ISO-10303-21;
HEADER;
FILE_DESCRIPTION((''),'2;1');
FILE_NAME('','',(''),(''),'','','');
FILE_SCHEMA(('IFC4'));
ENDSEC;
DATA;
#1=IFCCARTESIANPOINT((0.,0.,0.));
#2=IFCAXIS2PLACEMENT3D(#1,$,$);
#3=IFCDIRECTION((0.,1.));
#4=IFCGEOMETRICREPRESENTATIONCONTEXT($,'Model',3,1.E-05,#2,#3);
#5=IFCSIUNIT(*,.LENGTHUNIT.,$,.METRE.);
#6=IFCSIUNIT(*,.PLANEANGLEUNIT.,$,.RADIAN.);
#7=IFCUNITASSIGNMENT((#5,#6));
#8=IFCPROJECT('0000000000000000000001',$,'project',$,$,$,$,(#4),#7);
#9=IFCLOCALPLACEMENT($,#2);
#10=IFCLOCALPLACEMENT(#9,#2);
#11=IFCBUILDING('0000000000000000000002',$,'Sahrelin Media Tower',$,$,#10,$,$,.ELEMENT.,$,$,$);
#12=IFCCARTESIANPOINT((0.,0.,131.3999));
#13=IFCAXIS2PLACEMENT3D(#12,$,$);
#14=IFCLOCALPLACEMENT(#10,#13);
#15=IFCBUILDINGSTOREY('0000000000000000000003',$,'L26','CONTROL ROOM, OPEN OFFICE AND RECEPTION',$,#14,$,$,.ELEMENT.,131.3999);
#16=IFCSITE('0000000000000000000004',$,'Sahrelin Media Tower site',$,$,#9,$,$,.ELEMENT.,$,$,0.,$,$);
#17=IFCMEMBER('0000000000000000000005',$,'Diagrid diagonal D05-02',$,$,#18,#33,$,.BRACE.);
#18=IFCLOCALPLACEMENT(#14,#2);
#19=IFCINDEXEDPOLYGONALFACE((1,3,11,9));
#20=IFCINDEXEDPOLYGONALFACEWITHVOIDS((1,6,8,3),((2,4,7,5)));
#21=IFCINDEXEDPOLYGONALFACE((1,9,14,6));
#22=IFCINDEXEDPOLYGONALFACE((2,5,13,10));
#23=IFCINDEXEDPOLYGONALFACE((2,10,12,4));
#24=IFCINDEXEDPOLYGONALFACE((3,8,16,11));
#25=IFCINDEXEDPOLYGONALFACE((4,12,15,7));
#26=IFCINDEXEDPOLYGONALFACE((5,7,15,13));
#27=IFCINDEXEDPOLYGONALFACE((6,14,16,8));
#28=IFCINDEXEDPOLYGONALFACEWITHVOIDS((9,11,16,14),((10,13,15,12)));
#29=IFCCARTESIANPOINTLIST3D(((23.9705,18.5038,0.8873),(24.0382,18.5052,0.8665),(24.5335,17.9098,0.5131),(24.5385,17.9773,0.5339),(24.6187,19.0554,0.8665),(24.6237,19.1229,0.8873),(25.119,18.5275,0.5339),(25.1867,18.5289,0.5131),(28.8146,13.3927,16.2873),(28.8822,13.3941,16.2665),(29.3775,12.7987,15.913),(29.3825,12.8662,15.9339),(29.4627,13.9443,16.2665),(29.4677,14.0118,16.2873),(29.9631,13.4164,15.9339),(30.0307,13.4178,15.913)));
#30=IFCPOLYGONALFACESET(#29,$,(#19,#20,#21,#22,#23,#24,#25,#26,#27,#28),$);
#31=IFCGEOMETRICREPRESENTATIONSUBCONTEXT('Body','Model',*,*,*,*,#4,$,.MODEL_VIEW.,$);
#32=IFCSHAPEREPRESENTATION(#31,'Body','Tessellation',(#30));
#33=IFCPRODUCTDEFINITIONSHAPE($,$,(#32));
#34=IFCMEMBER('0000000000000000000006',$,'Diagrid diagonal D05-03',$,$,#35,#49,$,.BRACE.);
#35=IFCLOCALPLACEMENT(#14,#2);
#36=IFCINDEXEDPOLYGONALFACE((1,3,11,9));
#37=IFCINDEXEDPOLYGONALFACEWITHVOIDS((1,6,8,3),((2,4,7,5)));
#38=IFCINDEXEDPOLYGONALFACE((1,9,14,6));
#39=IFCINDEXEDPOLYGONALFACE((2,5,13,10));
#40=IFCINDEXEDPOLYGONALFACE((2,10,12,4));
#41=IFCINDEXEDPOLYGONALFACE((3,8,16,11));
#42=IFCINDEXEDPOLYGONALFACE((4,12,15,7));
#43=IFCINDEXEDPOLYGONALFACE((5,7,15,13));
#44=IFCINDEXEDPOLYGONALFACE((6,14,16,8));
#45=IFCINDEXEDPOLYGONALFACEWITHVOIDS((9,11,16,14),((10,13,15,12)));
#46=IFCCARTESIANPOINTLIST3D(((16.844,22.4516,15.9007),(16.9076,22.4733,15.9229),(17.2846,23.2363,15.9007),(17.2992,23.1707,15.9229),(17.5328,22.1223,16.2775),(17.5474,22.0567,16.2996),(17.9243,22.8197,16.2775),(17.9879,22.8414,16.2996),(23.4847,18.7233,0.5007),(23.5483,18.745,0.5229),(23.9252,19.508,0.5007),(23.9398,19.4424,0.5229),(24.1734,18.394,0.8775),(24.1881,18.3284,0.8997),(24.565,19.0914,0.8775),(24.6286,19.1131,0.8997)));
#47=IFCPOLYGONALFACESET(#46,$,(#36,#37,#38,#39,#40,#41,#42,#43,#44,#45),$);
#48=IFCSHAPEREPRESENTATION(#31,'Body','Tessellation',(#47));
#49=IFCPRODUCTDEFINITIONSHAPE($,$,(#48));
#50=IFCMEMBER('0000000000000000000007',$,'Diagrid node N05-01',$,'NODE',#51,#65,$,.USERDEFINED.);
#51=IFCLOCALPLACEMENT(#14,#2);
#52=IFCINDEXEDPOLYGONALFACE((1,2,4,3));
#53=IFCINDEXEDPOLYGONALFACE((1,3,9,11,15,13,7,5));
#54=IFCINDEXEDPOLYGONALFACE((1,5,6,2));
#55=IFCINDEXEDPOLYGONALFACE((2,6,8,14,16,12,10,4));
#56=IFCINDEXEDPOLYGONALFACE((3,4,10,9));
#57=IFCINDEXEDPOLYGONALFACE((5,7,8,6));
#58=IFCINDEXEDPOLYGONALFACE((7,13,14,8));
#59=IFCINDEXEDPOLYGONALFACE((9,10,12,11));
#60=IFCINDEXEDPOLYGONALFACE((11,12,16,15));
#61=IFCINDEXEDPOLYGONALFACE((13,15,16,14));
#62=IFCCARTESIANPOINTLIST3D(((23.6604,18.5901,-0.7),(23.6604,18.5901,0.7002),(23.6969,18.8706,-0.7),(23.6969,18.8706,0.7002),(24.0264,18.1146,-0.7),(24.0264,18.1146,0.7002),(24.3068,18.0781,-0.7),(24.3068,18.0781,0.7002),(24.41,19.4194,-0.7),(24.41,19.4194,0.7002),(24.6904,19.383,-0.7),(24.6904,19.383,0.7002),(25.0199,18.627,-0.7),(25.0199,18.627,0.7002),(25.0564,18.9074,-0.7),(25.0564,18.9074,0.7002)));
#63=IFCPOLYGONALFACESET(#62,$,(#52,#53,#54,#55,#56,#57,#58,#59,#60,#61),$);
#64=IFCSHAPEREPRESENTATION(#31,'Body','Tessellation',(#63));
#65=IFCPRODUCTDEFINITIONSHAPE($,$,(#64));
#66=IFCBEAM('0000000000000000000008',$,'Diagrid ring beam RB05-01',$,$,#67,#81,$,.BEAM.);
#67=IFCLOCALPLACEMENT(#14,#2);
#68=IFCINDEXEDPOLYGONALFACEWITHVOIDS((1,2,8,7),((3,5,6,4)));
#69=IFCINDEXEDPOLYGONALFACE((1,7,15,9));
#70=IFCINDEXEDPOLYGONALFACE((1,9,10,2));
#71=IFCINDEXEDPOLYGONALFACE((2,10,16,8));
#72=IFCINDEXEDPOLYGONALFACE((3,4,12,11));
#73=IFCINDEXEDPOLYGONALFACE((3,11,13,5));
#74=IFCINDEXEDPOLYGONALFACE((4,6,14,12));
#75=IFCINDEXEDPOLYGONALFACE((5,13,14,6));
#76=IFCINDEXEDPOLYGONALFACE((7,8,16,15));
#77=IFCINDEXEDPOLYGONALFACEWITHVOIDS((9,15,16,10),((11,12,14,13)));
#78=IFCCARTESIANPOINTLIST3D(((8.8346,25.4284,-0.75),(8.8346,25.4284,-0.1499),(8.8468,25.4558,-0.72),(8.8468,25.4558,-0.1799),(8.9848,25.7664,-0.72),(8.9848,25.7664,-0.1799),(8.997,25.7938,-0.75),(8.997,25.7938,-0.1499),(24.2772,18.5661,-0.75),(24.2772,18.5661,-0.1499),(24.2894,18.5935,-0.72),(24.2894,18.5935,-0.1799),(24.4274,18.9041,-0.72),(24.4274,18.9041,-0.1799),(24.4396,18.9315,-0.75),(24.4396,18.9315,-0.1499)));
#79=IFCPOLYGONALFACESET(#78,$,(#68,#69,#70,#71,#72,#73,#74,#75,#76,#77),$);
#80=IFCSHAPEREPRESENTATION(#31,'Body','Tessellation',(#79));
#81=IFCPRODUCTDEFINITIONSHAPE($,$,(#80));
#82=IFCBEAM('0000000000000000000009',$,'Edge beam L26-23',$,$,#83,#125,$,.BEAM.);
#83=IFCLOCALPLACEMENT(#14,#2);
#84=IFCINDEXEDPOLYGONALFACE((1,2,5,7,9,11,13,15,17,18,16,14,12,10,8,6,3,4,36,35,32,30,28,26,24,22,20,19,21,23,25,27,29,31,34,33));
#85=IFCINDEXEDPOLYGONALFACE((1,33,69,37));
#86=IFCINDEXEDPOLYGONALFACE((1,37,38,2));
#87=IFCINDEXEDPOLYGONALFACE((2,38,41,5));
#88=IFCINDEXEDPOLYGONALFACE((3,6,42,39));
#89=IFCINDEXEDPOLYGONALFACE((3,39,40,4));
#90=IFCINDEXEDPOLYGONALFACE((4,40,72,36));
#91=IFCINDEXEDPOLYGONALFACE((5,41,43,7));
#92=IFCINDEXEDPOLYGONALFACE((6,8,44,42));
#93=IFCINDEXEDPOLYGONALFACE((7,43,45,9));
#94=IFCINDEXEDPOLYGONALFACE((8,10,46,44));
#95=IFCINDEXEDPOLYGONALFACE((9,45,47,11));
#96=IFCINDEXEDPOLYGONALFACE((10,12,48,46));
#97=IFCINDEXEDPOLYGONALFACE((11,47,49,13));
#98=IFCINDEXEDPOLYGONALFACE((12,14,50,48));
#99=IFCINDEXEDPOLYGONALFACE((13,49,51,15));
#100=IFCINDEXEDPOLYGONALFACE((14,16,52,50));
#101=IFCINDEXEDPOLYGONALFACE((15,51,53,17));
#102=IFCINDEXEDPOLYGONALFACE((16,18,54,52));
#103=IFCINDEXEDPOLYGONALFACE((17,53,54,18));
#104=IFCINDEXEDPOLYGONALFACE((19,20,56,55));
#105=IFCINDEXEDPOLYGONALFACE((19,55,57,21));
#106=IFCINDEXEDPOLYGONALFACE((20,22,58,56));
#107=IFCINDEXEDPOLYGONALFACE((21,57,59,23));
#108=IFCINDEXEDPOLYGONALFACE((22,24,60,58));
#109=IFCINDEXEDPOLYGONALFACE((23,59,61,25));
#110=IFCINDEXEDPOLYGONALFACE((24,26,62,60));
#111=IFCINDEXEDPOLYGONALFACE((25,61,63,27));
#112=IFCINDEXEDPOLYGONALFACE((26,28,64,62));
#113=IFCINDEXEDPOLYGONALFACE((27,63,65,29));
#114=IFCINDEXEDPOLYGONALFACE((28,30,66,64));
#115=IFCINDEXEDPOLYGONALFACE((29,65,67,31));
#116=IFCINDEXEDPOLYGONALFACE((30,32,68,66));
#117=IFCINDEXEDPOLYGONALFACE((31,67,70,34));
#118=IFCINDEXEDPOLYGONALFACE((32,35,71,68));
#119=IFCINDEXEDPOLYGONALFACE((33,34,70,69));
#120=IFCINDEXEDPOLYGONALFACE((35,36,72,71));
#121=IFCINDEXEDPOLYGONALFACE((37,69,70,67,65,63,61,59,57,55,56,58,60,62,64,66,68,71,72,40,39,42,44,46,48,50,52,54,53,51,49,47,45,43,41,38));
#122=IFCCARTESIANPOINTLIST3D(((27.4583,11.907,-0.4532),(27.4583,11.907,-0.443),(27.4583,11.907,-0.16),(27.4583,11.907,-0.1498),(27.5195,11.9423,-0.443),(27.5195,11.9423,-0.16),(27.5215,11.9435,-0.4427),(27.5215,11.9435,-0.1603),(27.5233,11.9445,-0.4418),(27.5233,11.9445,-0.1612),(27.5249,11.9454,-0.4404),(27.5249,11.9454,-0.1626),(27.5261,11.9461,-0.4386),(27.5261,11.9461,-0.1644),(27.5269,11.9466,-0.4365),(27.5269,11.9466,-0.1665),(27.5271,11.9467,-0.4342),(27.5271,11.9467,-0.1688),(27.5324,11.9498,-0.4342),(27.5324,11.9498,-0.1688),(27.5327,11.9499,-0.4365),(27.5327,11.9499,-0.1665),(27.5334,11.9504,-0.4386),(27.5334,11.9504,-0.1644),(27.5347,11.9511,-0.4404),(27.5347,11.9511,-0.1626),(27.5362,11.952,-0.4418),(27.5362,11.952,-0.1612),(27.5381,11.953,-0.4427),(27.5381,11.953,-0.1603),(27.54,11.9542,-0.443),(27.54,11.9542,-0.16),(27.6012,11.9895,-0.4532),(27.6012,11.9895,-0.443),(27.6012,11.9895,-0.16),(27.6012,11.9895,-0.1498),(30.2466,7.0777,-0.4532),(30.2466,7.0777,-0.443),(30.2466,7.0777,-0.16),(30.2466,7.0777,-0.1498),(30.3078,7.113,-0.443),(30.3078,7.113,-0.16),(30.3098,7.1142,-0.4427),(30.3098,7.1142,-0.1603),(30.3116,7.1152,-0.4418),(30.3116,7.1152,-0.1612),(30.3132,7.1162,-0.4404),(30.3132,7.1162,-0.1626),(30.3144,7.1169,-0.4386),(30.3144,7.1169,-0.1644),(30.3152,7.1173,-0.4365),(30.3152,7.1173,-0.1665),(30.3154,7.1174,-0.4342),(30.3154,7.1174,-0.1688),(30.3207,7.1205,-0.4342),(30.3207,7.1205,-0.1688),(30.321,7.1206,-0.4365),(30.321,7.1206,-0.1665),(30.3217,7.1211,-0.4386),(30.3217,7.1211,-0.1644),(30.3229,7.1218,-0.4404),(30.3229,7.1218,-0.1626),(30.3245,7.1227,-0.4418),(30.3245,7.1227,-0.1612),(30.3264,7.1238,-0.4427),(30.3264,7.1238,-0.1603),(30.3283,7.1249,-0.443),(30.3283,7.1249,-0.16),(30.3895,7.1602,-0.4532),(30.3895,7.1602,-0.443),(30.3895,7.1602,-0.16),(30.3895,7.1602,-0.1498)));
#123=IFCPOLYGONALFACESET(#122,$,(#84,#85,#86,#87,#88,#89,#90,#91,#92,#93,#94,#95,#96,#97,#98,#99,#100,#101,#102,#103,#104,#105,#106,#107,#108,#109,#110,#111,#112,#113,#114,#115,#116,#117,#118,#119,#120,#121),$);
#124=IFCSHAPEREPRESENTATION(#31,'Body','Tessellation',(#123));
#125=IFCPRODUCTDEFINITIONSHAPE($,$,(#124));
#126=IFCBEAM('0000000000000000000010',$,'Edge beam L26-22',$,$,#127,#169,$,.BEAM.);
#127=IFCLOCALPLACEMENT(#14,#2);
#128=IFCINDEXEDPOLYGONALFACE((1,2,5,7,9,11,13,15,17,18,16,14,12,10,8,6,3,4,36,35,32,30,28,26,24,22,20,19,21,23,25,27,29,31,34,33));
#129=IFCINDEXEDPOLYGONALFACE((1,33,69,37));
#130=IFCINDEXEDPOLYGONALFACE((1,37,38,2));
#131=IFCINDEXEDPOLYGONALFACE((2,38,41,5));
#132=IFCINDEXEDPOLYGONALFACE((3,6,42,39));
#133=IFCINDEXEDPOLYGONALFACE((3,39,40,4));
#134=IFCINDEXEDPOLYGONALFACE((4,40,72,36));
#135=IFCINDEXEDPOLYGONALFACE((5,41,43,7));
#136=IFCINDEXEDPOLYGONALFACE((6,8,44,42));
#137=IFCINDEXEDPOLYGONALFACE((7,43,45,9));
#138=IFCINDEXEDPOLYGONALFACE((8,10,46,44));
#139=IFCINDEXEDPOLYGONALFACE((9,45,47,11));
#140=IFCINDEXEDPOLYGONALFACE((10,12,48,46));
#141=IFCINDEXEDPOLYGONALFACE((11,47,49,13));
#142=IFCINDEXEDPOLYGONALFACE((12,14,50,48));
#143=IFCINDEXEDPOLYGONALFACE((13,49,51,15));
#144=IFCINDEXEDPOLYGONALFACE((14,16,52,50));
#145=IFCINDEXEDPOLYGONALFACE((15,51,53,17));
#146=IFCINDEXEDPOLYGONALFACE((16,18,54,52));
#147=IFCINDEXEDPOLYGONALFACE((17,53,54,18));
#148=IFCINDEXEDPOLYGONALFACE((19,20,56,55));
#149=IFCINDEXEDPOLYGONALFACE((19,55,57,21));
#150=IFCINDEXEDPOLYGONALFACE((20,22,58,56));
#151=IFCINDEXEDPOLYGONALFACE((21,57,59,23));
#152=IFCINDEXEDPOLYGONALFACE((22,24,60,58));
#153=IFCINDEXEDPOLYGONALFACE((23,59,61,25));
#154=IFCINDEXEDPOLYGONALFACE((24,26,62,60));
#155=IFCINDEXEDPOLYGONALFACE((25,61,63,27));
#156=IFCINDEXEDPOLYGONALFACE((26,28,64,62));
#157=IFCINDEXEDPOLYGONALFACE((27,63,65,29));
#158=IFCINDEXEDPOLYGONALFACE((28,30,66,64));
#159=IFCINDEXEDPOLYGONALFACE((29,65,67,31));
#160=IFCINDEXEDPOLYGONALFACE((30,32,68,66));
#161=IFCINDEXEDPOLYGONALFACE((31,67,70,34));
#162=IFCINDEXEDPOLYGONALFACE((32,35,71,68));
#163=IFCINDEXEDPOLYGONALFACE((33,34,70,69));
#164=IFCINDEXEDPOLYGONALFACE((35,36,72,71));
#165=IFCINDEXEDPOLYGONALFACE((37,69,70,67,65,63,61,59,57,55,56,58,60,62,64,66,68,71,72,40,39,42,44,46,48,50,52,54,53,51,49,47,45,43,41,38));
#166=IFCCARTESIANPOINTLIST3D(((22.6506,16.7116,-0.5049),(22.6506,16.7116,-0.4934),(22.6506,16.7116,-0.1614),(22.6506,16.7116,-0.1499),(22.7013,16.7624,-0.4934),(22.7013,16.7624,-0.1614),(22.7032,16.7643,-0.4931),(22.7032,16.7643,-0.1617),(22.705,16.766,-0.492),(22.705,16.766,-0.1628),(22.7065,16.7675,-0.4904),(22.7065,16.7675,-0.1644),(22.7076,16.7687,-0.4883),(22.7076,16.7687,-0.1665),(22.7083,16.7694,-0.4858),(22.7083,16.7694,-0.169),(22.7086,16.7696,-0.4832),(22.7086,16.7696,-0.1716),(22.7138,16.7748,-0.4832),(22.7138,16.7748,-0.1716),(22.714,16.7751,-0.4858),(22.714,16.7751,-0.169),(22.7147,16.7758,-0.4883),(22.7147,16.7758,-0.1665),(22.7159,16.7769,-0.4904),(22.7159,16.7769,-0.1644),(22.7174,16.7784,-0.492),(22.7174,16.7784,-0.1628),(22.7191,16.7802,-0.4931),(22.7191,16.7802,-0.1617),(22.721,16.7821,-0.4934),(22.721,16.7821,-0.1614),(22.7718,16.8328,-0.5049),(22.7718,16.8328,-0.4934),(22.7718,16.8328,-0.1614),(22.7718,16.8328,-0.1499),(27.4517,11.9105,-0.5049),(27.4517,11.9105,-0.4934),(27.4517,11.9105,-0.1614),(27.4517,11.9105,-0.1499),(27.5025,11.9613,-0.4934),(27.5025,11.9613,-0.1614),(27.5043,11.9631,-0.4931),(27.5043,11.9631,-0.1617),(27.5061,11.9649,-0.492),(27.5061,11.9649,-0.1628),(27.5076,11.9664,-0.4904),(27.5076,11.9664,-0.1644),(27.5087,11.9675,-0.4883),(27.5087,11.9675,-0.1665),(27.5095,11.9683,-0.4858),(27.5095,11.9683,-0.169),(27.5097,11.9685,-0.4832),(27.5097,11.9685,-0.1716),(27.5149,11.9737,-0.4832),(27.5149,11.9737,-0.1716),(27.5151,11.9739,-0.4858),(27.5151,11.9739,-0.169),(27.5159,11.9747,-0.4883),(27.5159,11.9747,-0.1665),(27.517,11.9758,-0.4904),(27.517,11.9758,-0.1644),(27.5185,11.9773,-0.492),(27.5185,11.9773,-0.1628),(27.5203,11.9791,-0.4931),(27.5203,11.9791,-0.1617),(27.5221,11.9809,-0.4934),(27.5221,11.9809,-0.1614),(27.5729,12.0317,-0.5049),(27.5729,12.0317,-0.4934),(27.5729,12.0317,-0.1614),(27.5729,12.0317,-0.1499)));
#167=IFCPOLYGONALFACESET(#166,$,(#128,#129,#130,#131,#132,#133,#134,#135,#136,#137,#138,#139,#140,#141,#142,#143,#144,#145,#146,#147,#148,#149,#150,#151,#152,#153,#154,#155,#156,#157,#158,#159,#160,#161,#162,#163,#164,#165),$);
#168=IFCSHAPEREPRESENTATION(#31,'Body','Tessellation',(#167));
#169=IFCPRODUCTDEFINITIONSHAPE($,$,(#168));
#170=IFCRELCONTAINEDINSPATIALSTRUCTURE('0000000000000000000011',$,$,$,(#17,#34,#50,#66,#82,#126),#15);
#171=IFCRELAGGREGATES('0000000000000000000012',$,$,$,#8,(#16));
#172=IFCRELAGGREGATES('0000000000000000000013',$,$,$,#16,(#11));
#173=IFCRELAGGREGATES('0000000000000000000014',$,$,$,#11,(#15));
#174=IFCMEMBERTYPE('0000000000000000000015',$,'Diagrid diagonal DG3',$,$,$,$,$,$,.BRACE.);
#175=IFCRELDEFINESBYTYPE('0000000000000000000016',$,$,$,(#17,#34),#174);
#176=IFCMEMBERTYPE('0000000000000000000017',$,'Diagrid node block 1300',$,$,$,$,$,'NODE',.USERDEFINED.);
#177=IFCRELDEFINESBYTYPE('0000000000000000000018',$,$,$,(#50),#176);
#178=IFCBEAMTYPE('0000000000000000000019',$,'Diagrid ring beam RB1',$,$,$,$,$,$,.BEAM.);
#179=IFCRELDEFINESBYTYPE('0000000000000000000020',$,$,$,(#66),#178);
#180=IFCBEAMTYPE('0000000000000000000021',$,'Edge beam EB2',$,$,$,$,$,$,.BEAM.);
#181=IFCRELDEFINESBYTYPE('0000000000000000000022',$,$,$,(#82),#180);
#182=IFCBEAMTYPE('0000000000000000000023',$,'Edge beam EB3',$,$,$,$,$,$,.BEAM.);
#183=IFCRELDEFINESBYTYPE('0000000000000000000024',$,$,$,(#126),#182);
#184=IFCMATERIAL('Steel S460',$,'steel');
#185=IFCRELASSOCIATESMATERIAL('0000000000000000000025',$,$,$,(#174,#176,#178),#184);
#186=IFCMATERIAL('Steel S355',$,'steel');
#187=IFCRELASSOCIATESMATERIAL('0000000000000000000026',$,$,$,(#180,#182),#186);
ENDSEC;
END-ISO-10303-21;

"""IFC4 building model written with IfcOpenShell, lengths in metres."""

from ifc_helpers import new_model, si_unit, direction, frame, origin, origin_2d, place, context, subcontext, project, spatial, polyline, hollow_rectangle, i_section, outline, extrude, material, material_profile, profile_set, type_object, element, save


model = new_model("IFC4")

# Units and contexts
model_context = context("Model", 3, precision=1e-05, world=origin(), true_north=direction((0.0, 1.0)))
body_context = subcontext(model_context, "Body", "Model", "MODEL_VIEW")
ifc_project = project(units=[si_unit("LENGTHUNIT", "METRE"), si_unit("PLANEANGLEUNIT", "RADIAN")], contexts=[model_context])

# Site, building, storey
site_placement = place(None, origin())
site = spatial("IfcSite", under=ifc_project, at=site_placement, Name="Sahrelin Media Tower site", CompositionType="ELEMENT", RefElevation=0.0)
building_placement = place(site_placement, origin())
building = spatial("IfcBuilding", under=site, at=building_placement, Name="Sahrelin Media Tower", CompositionType="ELEMENT")
storey_placement = place(building_placement, frame((0.0, 0.0, 131.3999)))
storey = spatial("IfcBuildingStorey", under=building, at=storey_placement, Name="L26", Description="CONTROL ROOM, OPEN OFFICE AND RECEPTION", CompositionType="ELEMENT", Elevation=131.3999)

# Members
ifc_material_1 = material(Name="Steel S460", Category="steel")
ifc_material_profile_1 = material_profile(ifc_material_1, hollow_rectangle(XDim=0.8999, YDim=0.8999, WallThickness=0.05, at=origin_2d()), Name="Diagrid diagonal DG3")
ifc_profile_set_1 = profile_set([ifc_material_profile_1], Name="Steel S460")
member_type_1 = type_object("IfcMemberType", Name="Diagrid diagonal DG3", PredefinedType="BRACE", material=ifc_profile_set_1)
member_1_placement = place(storey_placement, frame((24.5786, 18.5164, 0.7002), z_axis=(0.286059, -0.301832, 0.909432), x_axis=(0.725817, 0.687888, 0.0)))
element("IfcMember", 1, at=member_1_placement, inside=storey, type_object=member_type_1, Name="Diagrid diagonal D05-02", PredefinedType="BRACE", context=body_context, shape_type="SweptSolid", body=[
    extrude(hollow_rectangle(XDim=0.8999, YDim=0.8999, WallThickness=0.05, at=origin_2d()), origin(), (0.0, 0.0, 1.0), 16.9336),
])
member_2_placement = place(storey_placement, frame((24.0566, 18.9182, 0.7002), z_axis=(-0.386531, 0.217011, 0.896382), x_axis=(-0.489555, -0.871973, 0.0)))
element("IfcMember", 2, at=member_2_placement, inside=storey, type_object=member_type_1, Name="Diagrid diagonal D05-03", PredefinedType="BRACE", context=body_context, shape_type="SweptSolid", body=[
    extrude(hollow_rectangle(XDim=0.8999, YDim=0.8999, WallThickness=0.05, at=origin_2d()), origin(), (0.0, 0.0, 1.0), 17.1802),
])
ifc_material_profile_2 = material_profile(ifc_material_1, outline(polyline([(0.45, -0.5), (0.6499, -0.3), (0.6499, 0.3), (0.45, 0.5), (-0.45, 0.5), (-0.6499, 0.3), (-0.6499, -0.3), (-0.45, -0.5), (0.45, -0.5)])), Name="Diagrid node block 1300")
ifc_profile_set_2 = profile_set([ifc_material_profile_2], Name="Steel S460")
member_type_2 = type_object("IfcMemberType", Name="Diagrid node block 1300", ElementType="NODE", PredefinedType="USERDEFINED", material=ifc_profile_set_2)
member_3_placement = place(storey_placement, frame((24.3584, 18.7488, -0.7), z_axis=(0.0, 0.0, 1.0), x_axis=(0.792445, 0.609943, 0.0)))
element("IfcMember", 3, at=member_3_placement, inside=storey, type_object=member_type_2, Name="Diagrid node N05-01", ObjectType="NODE", PredefinedType="USERDEFINED", context=body_context, shape_type="SweptSolid", body=[
    extrude(outline(polyline([(0.45, -0.5), (0.6499, -0.3), (0.6499, 0.3), (0.45, 0.5), (-0.45, 0.5), (-0.6499, 0.3), (-0.6499, -0.3), (-0.45, -0.5), (0.45, -0.5)])), origin(), (0.0, 0.0, 1.0), 1.4001),
])

# Beams
ifc_material_profile_3 = material_profile(ifc_material_1, hollow_rectangle(XDim=0.3999, YDim=0.6001, WallThickness=0.03, at=origin_2d()), Name="Diagrid ring beam RB1")
ifc_profile_set_3 = profile_set([ifc_material_profile_3], Name="Steel S460")
beam_type_1 = type_object("IfcBeamType", Name="Diagrid ring beam RB1", PredefinedType="BEAM", material=ifc_profile_set_3)
beam_1_placement = place(storey_placement, frame((24.3584, 18.7488, -0.45), z_axis=(-0.913835, 0.406085, 0.0), x_axis=(-0.406085, -0.913835, 0.0)))
element("IfcBeam", 4, at=beam_1_placement, inside=storey, type_object=beam_type_1, Name="Diagrid ring beam RB05-01", PredefinedType="BEAM", context=body_context, shape_type="SweptSolid", body=[
    extrude(hollow_rectangle(XDim=0.3999, YDim=0.6001, WallThickness=0.03, at=origin_2d()), origin(), (0.0, 0.0, 1.0), 16.8987),
])
ifc_material_2 = material(Name="Steel S355", Category="steel")
ifc_material_profile_4 = material_profile(ifc_material_2, i_section(OverallWidth=0.165, OverallDepth=0.3035, WebThickness=0.0061, FlangeThickness=0.0103, FilletRadius=0.0088, at=origin_2d()), Name="UB 305x165x40")
ifc_profile_set_4 = profile_set([ifc_material_profile_4], Name="Steel S355")
beam_type_2 = type_object("IfcBeamType", Name="Edge beam EB2", PredefinedType="BEAM", material=ifc_profile_set_4)
beam_2_placement = place(storey_placement, frame((27.5298, 11.9482, -0.3015), z_axis=(0.500014, -0.866017, 0.0), x_axis=(0.866017, 0.500014, 0.0)))
element("IfcBeam", 5, at=beam_2_placement, inside=storey, type_object=beam_type_2, Name="Edge beam L26-23", PredefinedType="BEAM", context=body_context, shape_type="SweptSolid", body=[
    extrude(i_section(OverallWidth=0.165, OverallDepth=0.3035, WebThickness=0.0061, FlangeThickness=0.0103, FilletRadius=0.0088, at=origin_2d()), origin(), (0.0, 0.0, 1.0), 5.5764),
])
ifc_material_profile_5 = material_profile(ifc_material_2, i_section(OverallWidth=0.1714, OverallDepth=0.355, WebThickness=0.0073, FlangeThickness=0.0115, FilletRadius=0.0103, at=origin_2d()), Name="UB 356x171x51")
ifc_profile_set_5 = profile_set([ifc_material_profile_5], Name="Steel S355")
beam_type_3 = type_object("IfcBeamType", Name="Edge beam EB3", PredefinedType="BEAM", material=ifc_profile_set_5)
beam_3_placement = place(storey_placement, frame((22.7112, 16.7722, -0.3274), z_axis=(0.707107, -0.707107, 0.0), x_axis=(0.707107, 0.707107, 0.0)))
element("IfcBeam", 6, at=beam_3_placement, inside=storey, type_object=beam_type_3, Name="Edge beam L26-22", PredefinedType="BEAM", context=body_context, shape_type="SweptSolid", body=[
    extrude(i_section(OverallWidth=0.1714, OverallDepth=0.355, WebThickness=0.0073, FlangeThickness=0.0115, FilletRadius=0.0103, at=origin_2d()), origin(), (0.0, 0.0, 1.0), 6.7898),
])

save(model, "model.ifc")
